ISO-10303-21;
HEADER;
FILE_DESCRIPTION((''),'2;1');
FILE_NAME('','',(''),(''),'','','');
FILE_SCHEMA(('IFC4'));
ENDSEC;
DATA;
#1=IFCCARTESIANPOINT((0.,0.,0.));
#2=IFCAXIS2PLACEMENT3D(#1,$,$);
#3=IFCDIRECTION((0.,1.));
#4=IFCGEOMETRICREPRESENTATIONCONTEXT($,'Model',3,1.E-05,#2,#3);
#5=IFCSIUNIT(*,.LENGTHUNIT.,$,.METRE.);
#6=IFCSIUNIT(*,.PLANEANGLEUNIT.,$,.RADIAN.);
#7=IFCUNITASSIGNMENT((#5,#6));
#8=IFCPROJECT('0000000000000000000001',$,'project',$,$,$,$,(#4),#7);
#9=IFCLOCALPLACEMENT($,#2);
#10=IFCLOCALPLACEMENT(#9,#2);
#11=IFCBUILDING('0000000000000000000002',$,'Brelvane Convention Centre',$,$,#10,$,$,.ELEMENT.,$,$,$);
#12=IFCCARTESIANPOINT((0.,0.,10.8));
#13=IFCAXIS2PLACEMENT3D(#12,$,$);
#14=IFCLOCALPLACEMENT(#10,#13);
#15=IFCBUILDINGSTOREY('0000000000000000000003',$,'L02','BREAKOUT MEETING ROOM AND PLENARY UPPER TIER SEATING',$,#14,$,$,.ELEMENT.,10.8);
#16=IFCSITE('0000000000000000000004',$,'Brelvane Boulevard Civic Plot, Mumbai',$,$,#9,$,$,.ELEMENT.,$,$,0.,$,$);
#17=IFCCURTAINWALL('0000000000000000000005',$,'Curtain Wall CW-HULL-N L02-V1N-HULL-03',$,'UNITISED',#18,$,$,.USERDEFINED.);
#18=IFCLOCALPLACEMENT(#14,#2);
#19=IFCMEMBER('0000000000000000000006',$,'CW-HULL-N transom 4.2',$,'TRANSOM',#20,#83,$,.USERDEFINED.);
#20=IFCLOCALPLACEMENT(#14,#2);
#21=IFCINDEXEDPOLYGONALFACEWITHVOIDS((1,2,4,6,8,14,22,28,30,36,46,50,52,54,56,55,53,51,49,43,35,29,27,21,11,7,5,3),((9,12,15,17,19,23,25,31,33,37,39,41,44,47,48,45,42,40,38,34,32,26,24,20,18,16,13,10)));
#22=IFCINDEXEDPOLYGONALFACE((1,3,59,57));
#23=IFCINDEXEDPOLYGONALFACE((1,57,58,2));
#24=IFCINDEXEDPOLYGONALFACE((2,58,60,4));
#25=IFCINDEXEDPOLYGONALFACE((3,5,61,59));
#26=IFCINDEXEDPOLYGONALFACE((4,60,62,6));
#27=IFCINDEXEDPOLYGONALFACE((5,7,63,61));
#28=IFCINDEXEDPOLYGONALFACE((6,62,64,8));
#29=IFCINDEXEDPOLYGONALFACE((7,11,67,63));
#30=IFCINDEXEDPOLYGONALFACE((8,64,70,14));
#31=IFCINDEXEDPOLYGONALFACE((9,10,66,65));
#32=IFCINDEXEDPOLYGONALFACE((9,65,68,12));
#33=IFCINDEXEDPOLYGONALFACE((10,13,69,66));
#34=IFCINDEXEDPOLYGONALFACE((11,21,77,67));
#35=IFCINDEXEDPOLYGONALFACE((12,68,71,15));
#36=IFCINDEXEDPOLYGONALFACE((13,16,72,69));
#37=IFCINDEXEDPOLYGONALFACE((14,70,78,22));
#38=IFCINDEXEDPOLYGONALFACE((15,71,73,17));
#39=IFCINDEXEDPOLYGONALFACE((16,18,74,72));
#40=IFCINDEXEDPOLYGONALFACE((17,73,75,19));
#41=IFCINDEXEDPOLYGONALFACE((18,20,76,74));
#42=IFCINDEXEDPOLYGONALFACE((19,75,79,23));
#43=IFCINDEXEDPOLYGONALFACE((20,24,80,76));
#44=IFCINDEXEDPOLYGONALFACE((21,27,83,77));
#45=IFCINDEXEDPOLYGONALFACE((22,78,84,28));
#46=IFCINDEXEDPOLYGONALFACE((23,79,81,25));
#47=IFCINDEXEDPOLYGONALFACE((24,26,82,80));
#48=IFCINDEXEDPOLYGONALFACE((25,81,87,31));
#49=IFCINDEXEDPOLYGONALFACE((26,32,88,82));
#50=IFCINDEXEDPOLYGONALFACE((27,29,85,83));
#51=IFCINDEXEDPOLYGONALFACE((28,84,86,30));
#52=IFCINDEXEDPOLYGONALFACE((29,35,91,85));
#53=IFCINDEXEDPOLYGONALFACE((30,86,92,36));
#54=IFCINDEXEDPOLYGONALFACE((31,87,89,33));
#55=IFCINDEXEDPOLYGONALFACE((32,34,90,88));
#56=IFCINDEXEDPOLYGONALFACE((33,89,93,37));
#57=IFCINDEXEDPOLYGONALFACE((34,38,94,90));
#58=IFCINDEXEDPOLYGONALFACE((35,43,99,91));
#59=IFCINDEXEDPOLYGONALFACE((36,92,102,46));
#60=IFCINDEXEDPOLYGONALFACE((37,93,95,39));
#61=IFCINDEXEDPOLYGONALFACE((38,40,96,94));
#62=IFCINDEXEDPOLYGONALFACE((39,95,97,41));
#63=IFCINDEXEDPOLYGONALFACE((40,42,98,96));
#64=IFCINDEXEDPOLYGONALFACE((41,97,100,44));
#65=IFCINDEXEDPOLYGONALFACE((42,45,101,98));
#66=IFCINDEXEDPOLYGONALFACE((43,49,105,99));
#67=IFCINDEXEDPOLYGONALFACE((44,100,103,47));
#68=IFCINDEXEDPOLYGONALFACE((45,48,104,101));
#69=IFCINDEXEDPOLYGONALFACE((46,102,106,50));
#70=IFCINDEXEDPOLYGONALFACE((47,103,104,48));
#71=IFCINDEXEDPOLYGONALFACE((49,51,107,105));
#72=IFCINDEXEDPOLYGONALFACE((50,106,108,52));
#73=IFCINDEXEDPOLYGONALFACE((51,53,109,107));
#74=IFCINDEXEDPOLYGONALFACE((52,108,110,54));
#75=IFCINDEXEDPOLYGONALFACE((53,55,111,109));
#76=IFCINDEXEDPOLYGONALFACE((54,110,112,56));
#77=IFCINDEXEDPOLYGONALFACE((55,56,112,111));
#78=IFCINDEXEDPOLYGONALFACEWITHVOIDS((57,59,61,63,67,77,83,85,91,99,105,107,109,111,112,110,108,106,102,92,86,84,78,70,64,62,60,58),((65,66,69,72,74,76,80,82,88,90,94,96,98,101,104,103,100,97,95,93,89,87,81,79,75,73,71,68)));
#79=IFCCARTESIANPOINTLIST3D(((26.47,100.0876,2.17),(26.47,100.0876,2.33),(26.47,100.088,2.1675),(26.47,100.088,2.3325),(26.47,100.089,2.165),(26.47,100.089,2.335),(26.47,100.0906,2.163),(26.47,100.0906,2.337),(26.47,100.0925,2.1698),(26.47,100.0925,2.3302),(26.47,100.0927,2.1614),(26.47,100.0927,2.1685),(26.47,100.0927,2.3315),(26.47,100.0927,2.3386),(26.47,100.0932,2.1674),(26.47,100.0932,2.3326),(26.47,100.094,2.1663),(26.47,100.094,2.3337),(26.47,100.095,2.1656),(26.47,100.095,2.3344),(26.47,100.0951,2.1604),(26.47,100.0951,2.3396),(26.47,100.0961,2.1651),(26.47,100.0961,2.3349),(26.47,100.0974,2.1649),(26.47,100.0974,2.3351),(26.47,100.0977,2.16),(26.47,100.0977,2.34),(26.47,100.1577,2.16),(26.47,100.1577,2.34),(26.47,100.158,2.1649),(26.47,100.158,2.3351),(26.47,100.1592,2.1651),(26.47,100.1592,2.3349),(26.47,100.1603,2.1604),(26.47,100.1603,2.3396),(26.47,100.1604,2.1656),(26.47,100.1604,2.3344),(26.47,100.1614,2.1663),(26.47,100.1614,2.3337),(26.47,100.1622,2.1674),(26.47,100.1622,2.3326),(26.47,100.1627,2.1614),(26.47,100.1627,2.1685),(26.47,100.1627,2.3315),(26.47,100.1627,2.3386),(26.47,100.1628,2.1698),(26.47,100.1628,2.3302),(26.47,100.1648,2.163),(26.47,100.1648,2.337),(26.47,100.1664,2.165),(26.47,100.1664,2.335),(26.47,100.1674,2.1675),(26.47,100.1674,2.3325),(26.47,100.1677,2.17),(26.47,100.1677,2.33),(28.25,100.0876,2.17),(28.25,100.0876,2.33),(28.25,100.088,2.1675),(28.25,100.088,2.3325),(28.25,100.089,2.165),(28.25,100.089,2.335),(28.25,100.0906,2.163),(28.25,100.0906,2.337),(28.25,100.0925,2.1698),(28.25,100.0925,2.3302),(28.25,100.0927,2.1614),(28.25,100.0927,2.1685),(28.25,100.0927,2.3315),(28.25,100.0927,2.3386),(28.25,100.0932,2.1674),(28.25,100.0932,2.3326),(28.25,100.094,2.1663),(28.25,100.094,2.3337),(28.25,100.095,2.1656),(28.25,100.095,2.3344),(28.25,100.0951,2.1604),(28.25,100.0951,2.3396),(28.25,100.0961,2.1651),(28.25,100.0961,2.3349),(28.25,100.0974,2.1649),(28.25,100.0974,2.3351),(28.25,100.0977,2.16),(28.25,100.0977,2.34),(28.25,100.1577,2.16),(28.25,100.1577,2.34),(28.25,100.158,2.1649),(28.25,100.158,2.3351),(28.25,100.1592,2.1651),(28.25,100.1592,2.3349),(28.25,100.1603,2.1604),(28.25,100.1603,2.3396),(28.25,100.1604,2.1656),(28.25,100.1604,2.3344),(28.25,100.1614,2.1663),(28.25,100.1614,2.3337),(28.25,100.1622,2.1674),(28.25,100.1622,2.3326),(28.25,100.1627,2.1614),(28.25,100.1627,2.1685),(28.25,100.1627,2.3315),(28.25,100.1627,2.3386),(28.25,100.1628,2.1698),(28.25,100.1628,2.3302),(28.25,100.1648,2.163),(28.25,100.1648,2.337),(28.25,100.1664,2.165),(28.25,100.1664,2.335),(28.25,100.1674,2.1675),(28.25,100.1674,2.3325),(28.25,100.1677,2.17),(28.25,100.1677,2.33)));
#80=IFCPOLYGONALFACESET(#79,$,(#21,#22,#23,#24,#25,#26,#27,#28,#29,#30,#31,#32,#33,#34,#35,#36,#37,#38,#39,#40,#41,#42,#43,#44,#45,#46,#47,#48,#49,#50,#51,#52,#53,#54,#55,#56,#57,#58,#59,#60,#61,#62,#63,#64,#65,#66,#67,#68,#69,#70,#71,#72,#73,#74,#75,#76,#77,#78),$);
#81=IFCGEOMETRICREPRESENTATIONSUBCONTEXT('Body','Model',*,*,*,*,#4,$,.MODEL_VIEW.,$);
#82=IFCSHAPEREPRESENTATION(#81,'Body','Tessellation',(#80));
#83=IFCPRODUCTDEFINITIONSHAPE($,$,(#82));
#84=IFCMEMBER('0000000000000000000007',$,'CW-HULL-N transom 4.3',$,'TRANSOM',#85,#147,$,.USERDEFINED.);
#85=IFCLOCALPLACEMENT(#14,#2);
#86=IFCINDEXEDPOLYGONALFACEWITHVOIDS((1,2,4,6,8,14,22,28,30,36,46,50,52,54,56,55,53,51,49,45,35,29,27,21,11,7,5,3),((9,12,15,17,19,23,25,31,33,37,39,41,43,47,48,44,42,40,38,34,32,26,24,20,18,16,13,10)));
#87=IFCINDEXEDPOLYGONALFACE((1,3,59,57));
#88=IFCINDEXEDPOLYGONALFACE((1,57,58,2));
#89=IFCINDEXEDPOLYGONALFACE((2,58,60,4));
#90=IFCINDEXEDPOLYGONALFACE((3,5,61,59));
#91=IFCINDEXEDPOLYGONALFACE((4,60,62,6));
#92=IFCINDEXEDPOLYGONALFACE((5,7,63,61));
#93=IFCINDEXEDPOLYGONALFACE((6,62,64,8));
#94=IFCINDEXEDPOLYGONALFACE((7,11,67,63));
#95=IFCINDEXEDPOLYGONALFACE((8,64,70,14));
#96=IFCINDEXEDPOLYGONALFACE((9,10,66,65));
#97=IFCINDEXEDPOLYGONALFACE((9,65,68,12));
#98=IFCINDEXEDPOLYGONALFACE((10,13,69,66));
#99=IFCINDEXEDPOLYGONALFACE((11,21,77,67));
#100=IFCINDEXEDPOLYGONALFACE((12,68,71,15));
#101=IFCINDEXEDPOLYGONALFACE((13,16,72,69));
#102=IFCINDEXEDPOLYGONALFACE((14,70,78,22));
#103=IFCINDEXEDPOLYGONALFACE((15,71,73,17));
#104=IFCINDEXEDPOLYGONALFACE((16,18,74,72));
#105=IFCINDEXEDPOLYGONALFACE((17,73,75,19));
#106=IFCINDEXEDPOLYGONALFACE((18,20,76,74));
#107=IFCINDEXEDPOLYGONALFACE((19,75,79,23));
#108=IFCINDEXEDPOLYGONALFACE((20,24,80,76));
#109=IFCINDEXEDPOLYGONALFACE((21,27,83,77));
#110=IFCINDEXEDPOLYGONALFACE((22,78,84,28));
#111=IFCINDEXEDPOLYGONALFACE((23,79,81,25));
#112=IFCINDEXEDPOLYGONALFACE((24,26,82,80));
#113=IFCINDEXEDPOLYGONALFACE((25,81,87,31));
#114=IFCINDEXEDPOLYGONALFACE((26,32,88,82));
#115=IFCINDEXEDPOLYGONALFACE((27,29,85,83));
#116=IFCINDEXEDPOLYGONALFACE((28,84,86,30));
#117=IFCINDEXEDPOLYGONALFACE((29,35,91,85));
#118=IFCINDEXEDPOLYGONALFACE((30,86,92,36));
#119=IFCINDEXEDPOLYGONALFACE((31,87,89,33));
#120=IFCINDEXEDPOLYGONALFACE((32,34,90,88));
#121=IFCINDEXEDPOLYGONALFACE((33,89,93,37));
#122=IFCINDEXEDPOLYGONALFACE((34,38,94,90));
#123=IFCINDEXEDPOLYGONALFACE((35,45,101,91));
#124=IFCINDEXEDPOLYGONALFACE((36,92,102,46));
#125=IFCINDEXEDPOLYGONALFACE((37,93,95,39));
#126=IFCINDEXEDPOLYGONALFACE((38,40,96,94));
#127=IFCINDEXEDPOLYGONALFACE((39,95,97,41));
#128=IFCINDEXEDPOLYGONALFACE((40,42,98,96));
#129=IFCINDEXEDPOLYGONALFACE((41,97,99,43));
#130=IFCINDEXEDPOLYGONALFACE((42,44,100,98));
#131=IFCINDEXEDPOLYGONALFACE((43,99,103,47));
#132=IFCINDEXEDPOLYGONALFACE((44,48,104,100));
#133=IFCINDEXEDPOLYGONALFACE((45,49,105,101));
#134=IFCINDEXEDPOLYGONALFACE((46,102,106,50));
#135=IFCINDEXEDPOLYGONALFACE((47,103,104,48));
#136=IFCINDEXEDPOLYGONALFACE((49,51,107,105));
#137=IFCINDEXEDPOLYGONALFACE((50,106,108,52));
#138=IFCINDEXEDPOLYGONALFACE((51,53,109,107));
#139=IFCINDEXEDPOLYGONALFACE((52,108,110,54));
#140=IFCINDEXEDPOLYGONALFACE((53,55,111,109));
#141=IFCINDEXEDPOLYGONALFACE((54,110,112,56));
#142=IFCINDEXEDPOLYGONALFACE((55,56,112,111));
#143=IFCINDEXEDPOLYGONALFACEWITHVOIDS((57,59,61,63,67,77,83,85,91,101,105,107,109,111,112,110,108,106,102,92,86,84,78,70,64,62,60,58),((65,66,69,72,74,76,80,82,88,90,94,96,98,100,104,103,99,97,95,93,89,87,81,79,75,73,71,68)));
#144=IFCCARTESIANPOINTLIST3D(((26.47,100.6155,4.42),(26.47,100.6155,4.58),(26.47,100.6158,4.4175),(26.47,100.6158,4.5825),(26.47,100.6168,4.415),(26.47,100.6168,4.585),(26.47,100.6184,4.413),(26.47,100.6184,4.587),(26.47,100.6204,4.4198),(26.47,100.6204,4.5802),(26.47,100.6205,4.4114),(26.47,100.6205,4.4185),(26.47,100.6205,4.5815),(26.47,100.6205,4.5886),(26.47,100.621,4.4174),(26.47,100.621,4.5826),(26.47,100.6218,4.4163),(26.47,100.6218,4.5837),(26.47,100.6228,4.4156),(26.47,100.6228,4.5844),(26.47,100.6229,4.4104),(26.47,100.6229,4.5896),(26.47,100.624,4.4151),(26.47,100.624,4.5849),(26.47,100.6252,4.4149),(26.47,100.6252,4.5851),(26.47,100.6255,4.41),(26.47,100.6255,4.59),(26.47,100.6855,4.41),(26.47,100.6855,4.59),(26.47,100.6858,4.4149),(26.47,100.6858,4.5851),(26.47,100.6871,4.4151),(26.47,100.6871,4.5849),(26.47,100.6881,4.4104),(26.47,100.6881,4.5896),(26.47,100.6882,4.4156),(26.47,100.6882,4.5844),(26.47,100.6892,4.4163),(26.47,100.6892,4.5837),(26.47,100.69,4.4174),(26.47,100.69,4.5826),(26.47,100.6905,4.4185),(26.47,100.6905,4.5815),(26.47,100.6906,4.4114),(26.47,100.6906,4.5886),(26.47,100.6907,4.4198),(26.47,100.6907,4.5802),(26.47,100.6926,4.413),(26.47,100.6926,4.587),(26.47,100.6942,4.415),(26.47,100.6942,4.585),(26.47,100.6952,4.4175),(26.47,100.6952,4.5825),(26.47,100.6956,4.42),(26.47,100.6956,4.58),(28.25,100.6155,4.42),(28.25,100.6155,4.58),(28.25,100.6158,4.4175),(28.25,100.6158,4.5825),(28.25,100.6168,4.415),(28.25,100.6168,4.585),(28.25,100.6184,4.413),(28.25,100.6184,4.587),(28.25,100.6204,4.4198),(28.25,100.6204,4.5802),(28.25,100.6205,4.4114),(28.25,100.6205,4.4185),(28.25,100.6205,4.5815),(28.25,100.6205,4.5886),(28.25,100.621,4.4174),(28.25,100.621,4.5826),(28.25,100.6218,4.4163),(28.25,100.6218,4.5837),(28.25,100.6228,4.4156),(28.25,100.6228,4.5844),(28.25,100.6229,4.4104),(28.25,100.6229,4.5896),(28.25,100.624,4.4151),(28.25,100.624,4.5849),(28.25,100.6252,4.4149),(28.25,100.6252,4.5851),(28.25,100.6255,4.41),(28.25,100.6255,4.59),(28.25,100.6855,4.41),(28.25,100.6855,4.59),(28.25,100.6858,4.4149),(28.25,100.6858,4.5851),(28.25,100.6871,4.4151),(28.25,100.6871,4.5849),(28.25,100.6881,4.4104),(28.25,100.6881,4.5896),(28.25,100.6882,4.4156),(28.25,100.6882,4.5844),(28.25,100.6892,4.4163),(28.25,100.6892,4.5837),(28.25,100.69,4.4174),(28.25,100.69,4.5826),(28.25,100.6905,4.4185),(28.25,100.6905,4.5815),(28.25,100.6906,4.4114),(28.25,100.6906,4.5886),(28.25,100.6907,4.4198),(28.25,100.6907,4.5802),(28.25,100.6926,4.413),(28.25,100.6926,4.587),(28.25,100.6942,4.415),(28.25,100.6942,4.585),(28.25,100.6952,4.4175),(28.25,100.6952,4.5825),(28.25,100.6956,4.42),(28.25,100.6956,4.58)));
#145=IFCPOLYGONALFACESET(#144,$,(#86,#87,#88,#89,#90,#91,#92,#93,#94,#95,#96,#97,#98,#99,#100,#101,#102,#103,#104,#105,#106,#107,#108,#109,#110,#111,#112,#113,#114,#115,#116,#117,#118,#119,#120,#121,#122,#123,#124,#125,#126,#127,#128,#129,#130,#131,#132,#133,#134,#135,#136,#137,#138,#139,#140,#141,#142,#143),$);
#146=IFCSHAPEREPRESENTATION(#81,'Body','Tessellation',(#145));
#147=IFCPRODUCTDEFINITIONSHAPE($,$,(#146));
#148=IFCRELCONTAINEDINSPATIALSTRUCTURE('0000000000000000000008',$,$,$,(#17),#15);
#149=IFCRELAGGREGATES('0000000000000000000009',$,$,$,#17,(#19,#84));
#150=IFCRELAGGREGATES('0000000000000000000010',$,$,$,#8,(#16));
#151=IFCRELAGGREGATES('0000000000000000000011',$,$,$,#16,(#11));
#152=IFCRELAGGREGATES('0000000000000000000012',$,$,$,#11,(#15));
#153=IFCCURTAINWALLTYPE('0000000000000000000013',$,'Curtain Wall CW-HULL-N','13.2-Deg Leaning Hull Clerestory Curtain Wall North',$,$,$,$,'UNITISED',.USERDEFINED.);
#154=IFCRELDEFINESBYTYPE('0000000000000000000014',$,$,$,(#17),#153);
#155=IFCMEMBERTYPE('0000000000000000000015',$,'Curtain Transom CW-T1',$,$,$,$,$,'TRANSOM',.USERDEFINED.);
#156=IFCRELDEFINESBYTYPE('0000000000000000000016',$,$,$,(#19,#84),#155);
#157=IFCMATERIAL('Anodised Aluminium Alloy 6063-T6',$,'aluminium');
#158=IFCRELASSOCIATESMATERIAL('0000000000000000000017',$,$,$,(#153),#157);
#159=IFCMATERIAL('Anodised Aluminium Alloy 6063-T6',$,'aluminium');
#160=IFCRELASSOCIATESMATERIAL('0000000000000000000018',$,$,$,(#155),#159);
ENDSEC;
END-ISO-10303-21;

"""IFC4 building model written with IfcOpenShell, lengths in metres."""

from ifc_helpers import new_model, si_unit, direction, frame, origin, origin_2d, place, context, subcontext, project, spatial, hollow_rectangle, extrude, material, material_profile, profile_set, type_object, element, aggregate, save


model = new_model("IFC4")

# Units and contexts
model_context = context("Model", 3, precision=1e-05, world=origin(), true_north=direction((0.0, 1.0)))
body_context = subcontext(model_context, "Body", "Model", "MODEL_VIEW")
ifc_project = project(units=[si_unit("LENGTHUNIT", "METRE"), si_unit("PLANEANGLEUNIT", "RADIAN")], contexts=[model_context])

# Site, building, storey
site_placement = place(None, origin())
site = spatial("IfcSite", under=ifc_project, at=site_placement, Name="Brelvane Boulevard Civic Plot, Mumbai", CompositionType="ELEMENT", RefElevation=0.0)
building_placement = place(site_placement, origin())
building = spatial("IfcBuilding", under=site, at=building_placement, Name="Brelvane Convention Centre", CompositionType="ELEMENT")
storey_placement = place(building_placement, frame((0.0, 0.0, 10.8)))
storey = spatial("IfcBuildingStorey", under=building, at=storey_placement, Name="L02", Description="BREAKOUT MEETING ROOM AND PLENARY UPPER TIER SEATING", CompositionType="ELEMENT", Elevation=10.8)

# Curtain wall
ifc_material_1 = material(Name="Anodised Aluminium Alloy 6063-T6", Category="aluminium")
curtain_wall_type_1 = type_object("IfcCurtainWallType", Name="Curtain Wall CW-HULL-N", Description="13.2-Deg Leaning Hull Clerestory Curtain Wall North", ElementType="UNITISED", PredefinedType="USERDEFINED", material=ifc_material_1)
curtain_wall_1_placement = place(storey_placement, origin())
curtain_wall_1 = element("IfcCurtainWall", 1, at=curtain_wall_1_placement, inside=storey, type_object=curtain_wall_type_1, Name="Curtain Wall CW-HULL-N L02-V1N-HULL-03", ObjectType="UNITISED", PredefinedType="USERDEFINED")

# Members
ifc_material_2 = material(Name="Anodised Aluminium Alloy 6063-T6", Category="aluminium")
ifc_material_profile_1 = material_profile(ifc_material_2, hollow_rectangle(XDim=0.0801, YDim=0.1799, WallThickness=0.0049, InnerFilletRadius=0.0049, OuterFilletRadius=0.01, at=origin_2d()), Name="ALU-T 180x80x5.0")
ifc_profile_set_1 = profile_set([ifc_material_profile_1], Name="Anodised Aluminium Alloy 6063-T6")
member_type_1 = type_object("IfcMemberType", Name="Curtain Transom CW-T1", ElementType="TRANSOM", PredefinedType="USERDEFINED", material=ifc_profile_set_1)
member_1_placement = place(storey_placement, frame((26.47, 100.1277, 2.25), z_axis=(1.0, 0.0, 0.0), x_axis=(0.0, 1.0, 0.0)))
member_1 = element("IfcMember", 2, at=member_1_placement, type_object=member_type_1, Name="CW-HULL-N transom 4.2", ObjectType="TRANSOM", PredefinedType="USERDEFINED", context=body_context, shape_type="SweptSolid", body=[
    extrude(hollow_rectangle(XDim=0.0801, YDim=0.1799, WallThickness=0.0049, InnerFilletRadius=0.0049, OuterFilletRadius=0.01, at=origin_2d()), origin(), (0.0, 0.0, 1.0), 1.78),
])
member_2_placement = place(storey_placement, frame((26.47, 100.6555, 4.5), z_axis=(1.0, 0.0, 0.0), x_axis=(0.0, 1.0, 0.0)))
member_2 = element("IfcMember", 3, at=member_2_placement, type_object=member_type_1, Name="CW-HULL-N transom 4.3", ObjectType="TRANSOM", PredefinedType="USERDEFINED", context=body_context, shape_type="SweptSolid", body=[
    extrude(hollow_rectangle(XDim=0.0801, YDim=0.1799, WallThickness=0.0049, InnerFilletRadius=0.0049, OuterFilletRadius=0.01, at=origin_2d()), origin(), (0.0, 0.0, 1.0), 1.78),
])

aggregate(curtain_wall_1, [member_1, member_2])

save(model, "model.ifc")
